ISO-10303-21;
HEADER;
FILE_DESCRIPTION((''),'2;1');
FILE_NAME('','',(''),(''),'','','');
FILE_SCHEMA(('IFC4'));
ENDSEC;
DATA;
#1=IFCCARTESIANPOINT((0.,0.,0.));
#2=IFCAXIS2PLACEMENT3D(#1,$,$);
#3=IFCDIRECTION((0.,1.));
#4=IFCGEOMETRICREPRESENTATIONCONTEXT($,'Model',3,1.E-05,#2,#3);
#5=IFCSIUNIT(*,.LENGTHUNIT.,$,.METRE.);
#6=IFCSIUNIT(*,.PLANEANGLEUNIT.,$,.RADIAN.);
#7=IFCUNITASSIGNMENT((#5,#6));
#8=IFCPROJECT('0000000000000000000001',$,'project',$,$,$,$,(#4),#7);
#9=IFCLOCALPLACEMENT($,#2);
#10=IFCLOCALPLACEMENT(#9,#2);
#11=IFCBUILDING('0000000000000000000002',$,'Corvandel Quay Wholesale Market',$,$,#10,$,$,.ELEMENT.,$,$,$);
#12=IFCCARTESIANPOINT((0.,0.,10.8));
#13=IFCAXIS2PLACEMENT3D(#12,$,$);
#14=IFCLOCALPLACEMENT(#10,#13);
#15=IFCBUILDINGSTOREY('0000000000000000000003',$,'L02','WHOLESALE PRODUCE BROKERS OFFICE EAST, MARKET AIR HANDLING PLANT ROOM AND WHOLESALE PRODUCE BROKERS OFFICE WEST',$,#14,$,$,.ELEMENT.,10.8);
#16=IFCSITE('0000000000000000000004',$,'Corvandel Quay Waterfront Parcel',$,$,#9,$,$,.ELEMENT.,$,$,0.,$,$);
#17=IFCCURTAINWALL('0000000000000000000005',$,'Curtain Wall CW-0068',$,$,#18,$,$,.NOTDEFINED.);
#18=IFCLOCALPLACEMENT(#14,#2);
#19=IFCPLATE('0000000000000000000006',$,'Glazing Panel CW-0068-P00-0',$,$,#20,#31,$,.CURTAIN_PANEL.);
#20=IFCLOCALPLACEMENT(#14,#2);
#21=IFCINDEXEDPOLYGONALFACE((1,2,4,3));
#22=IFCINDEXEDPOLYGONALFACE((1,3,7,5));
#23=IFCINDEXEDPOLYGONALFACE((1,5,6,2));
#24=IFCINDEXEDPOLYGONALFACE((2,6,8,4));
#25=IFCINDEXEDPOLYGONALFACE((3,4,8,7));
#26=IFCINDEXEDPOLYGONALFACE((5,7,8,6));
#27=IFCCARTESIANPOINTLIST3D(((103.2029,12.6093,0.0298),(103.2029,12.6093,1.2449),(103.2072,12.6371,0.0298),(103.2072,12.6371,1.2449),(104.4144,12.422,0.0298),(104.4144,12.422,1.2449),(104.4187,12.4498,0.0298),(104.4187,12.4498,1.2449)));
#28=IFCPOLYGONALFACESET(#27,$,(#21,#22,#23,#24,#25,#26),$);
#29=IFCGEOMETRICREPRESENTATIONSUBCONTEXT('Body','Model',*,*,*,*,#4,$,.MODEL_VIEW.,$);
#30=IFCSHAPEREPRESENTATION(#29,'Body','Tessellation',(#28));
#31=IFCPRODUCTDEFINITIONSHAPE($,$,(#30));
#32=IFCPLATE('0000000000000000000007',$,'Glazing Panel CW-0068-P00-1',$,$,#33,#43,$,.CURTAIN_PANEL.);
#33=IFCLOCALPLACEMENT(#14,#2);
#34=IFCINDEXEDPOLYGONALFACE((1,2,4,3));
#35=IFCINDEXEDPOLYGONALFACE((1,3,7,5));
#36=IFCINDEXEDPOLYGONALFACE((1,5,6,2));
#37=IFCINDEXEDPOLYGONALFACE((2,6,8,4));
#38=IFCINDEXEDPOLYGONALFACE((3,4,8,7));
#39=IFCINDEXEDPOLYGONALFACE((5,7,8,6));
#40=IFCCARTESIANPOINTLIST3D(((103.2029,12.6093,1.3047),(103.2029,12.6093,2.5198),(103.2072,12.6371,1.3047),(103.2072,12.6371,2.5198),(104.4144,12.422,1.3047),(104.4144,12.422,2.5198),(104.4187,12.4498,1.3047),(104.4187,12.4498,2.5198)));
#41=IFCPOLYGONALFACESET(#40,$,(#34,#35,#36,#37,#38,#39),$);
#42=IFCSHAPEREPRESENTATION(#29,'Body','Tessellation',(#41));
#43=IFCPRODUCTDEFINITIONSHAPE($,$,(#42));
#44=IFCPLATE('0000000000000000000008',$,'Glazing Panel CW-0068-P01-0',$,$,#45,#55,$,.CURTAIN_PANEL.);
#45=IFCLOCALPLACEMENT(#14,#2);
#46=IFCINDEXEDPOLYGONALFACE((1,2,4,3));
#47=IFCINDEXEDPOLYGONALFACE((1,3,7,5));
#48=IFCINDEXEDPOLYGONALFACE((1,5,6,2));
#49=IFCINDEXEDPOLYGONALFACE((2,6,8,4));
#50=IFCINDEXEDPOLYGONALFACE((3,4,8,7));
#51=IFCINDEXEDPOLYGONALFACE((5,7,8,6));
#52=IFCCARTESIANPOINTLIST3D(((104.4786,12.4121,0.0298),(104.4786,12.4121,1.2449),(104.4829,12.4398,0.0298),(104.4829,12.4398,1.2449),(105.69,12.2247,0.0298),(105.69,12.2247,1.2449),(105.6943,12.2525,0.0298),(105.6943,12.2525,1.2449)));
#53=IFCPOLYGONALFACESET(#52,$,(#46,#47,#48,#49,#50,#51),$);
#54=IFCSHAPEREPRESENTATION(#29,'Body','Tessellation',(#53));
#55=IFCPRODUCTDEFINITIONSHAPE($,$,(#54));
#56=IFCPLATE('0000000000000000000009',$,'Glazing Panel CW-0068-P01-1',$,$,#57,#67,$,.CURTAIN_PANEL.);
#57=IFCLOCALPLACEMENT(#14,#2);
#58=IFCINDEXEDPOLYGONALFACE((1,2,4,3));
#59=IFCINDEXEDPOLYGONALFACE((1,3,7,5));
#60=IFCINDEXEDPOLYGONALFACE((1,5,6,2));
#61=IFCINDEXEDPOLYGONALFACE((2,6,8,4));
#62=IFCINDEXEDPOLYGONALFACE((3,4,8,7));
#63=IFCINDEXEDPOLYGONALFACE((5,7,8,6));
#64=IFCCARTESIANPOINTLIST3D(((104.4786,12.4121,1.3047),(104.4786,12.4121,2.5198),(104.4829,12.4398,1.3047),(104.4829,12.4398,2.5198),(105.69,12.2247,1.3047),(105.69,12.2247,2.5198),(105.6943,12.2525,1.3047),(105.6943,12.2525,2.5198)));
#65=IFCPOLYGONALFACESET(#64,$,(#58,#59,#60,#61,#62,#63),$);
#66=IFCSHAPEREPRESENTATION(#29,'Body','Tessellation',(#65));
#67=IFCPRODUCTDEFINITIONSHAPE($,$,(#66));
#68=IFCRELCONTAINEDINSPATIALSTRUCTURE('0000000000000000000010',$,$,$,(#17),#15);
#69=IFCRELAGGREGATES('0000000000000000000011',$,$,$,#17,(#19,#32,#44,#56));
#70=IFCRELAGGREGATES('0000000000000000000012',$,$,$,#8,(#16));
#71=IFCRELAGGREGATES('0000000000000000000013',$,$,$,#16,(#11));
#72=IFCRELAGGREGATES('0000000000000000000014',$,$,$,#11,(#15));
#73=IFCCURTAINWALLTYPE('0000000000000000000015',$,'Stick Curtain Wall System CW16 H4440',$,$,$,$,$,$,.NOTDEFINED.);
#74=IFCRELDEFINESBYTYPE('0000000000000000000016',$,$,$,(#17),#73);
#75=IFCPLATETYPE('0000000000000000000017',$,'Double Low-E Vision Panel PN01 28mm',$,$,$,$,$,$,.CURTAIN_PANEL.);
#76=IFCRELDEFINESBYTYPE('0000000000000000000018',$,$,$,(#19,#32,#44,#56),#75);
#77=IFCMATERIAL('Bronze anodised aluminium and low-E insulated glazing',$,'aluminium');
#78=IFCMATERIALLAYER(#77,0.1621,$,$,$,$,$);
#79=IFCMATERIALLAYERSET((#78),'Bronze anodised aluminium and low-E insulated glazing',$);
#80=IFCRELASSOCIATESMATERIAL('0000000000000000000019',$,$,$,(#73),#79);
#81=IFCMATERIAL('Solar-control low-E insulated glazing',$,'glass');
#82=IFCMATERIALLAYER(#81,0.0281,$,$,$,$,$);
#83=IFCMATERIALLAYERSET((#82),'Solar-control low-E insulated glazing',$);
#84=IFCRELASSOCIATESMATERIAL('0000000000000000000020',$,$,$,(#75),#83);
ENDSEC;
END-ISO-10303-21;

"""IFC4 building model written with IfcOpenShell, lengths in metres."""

from ifc_helpers import new_model, si_unit, direction, frame, origin, origin_2d, place, context, subcontext, project, spatial, rectangle, extrude, material, layer, layer_set, type_object, element, aggregate, save


model = new_model("IFC4")

# Units and contexts
model_context = context("Model", 3, precision=1e-05, world=origin(), true_north=direction((0.0, 1.0)))
body_context = subcontext(model_context, "Body", "Model", "MODEL_VIEW")
ifc_project = project(units=[si_unit("LENGTHUNIT", "METRE"), si_unit("PLANEANGLEUNIT", "RADIAN")], contexts=[model_context])

# Site, building, storey
site_placement = place(None, origin())
site = spatial("IfcSite", under=ifc_project, at=site_placement, Name="Corvandel Quay Waterfront Parcel", CompositionType="ELEMENT", RefElevation=0.0)
building_placement = place(site_placement, origin())
building = spatial("IfcBuilding", under=site, at=building_placement, Name="Corvandel Quay Wholesale Market", CompositionType="ELEMENT")
storey_placement = place(building_placement, frame((0.0, 0.0, 10.8)))
storey = spatial("IfcBuildingStorey", under=building, at=storey_placement, Name="L02", Description="WHOLESALE PRODUCE BROKERS OFFICE EAST, MARKET AIR HANDLING PLANT ROOM AND WHOLESALE PRODUCE BROKERS OFFICE WEST", CompositionType="ELEMENT", Elevation=10.8)

# Curtain wall
ifc_material_1 = material(Name="Bronze anodised aluminium and low-E insulated glazing", Category="aluminium")
ifc_layer_1 = layer(ifc_material_1, 0.1621)
ifc_layer_set_1 = layer_set([ifc_layer_1], Name="Bronze anodised aluminium and low-E insulated glazing")
curtain_wall_type_1 = type_object("IfcCurtainWallType", Name="Stick Curtain Wall System CW16 H4440", PredefinedType="NOTDEFINED", material=ifc_layer_set_1)
curtain_wall_1_placement = place(storey_placement, origin())
curtain_wall_1 = element("IfcCurtainWall", 1, at=curtain_wall_1_placement, inside=storey, type_object=curtain_wall_type_1, Name="Curtain Wall CW-0068", PredefinedType="NOTDEFINED")

# Plates
ifc_material_2 = material(Name="Solar-control low-E insulated glazing", Category="glass")
ifc_layer_2 = layer(ifc_material_2, 0.0281)
ifc_layer_set_2 = layer_set([ifc_layer_2], Name="Solar-control low-E insulated glazing")
plate_type = type_object("IfcPlateType", Name="Double Low-E Vision Panel PN01 28mm", PredefinedType="CURTAIN_PANEL", material=ifc_layer_set_2)
plate_1_placement = place(storey_placement, frame((103.8108, 12.5295, 0.0298), z_axis=(0.0, 0.0, 1.0), x_axis=(-0.988255, 0.152813, 0.0)))
plate_1 = element("IfcPlate", 2, at=plate_1_placement, type_object=plate_type, Name="Glazing Panel CW-0068-P00-0", PredefinedType="CURTAIN_PANEL", context=body_context, shape_type="SweptSolid", body=[
    extrude(rectangle(XDim=1.2258, YDim=0.0281, at=origin_2d()), origin(), (0.0, 0.0, 1.0), 1.2151),
])
plate_2_placement = place(storey_placement, frame((103.8108, 12.5295, 1.3047), z_axis=(0.0, 0.0, 1.0), x_axis=(-0.988255, 0.152813, 0.0)))
plate_2 = element("IfcPlate", 3, at=plate_2_placement, type_object=plate_type, Name="Glazing Panel CW-0068-P00-1", PredefinedType="CURTAIN_PANEL", context=body_context, shape_type="SweptSolid", body=[
    extrude(rectangle(XDim=1.2258, YDim=0.0281, at=origin_2d()), origin(), (0.0, 0.0, 1.0), 1.2151),
])
plate_3_placement = place(storey_placement, frame((105.0864, 12.3323, 0.0298), z_axis=(0.0, 0.0, 1.0), x_axis=(-0.988255, 0.152813, 0.0)))
plate_3 = element("IfcPlate", 4, at=plate_3_placement, type_object=plate_type, Name="Glazing Panel CW-0068-P01-0", PredefinedType="CURTAIN_PANEL", context=body_context, shape_type="SweptSolid", body=[
    extrude(rectangle(XDim=1.2258, YDim=0.0281, at=origin_2d()), origin(), (0.0, 0.0, 1.0), 1.2151),
])
plate_4_placement = place(storey_placement, frame((105.0864, 12.3323, 1.3047), z_axis=(0.0, 0.0, 1.0), x_axis=(-0.988255, 0.152813, 0.0)))
plate_4 = element("IfcPlate", 5, at=plate_4_placement, type_object=plate_type, Name="Glazing Panel CW-0068-P01-1", PredefinedType="CURTAIN_PANEL", context=body_context, shape_type="SweptSolid", body=[
    extrude(rectangle(XDim=1.2258, YDim=0.0281, at=origin_2d()), origin(), (0.0, 0.0, 1.0), 1.2151),
])
aggregate(curtain_wall_1, [plate_1, plate_2, plate_3, plate_4])

save(model, "model.ifc")
